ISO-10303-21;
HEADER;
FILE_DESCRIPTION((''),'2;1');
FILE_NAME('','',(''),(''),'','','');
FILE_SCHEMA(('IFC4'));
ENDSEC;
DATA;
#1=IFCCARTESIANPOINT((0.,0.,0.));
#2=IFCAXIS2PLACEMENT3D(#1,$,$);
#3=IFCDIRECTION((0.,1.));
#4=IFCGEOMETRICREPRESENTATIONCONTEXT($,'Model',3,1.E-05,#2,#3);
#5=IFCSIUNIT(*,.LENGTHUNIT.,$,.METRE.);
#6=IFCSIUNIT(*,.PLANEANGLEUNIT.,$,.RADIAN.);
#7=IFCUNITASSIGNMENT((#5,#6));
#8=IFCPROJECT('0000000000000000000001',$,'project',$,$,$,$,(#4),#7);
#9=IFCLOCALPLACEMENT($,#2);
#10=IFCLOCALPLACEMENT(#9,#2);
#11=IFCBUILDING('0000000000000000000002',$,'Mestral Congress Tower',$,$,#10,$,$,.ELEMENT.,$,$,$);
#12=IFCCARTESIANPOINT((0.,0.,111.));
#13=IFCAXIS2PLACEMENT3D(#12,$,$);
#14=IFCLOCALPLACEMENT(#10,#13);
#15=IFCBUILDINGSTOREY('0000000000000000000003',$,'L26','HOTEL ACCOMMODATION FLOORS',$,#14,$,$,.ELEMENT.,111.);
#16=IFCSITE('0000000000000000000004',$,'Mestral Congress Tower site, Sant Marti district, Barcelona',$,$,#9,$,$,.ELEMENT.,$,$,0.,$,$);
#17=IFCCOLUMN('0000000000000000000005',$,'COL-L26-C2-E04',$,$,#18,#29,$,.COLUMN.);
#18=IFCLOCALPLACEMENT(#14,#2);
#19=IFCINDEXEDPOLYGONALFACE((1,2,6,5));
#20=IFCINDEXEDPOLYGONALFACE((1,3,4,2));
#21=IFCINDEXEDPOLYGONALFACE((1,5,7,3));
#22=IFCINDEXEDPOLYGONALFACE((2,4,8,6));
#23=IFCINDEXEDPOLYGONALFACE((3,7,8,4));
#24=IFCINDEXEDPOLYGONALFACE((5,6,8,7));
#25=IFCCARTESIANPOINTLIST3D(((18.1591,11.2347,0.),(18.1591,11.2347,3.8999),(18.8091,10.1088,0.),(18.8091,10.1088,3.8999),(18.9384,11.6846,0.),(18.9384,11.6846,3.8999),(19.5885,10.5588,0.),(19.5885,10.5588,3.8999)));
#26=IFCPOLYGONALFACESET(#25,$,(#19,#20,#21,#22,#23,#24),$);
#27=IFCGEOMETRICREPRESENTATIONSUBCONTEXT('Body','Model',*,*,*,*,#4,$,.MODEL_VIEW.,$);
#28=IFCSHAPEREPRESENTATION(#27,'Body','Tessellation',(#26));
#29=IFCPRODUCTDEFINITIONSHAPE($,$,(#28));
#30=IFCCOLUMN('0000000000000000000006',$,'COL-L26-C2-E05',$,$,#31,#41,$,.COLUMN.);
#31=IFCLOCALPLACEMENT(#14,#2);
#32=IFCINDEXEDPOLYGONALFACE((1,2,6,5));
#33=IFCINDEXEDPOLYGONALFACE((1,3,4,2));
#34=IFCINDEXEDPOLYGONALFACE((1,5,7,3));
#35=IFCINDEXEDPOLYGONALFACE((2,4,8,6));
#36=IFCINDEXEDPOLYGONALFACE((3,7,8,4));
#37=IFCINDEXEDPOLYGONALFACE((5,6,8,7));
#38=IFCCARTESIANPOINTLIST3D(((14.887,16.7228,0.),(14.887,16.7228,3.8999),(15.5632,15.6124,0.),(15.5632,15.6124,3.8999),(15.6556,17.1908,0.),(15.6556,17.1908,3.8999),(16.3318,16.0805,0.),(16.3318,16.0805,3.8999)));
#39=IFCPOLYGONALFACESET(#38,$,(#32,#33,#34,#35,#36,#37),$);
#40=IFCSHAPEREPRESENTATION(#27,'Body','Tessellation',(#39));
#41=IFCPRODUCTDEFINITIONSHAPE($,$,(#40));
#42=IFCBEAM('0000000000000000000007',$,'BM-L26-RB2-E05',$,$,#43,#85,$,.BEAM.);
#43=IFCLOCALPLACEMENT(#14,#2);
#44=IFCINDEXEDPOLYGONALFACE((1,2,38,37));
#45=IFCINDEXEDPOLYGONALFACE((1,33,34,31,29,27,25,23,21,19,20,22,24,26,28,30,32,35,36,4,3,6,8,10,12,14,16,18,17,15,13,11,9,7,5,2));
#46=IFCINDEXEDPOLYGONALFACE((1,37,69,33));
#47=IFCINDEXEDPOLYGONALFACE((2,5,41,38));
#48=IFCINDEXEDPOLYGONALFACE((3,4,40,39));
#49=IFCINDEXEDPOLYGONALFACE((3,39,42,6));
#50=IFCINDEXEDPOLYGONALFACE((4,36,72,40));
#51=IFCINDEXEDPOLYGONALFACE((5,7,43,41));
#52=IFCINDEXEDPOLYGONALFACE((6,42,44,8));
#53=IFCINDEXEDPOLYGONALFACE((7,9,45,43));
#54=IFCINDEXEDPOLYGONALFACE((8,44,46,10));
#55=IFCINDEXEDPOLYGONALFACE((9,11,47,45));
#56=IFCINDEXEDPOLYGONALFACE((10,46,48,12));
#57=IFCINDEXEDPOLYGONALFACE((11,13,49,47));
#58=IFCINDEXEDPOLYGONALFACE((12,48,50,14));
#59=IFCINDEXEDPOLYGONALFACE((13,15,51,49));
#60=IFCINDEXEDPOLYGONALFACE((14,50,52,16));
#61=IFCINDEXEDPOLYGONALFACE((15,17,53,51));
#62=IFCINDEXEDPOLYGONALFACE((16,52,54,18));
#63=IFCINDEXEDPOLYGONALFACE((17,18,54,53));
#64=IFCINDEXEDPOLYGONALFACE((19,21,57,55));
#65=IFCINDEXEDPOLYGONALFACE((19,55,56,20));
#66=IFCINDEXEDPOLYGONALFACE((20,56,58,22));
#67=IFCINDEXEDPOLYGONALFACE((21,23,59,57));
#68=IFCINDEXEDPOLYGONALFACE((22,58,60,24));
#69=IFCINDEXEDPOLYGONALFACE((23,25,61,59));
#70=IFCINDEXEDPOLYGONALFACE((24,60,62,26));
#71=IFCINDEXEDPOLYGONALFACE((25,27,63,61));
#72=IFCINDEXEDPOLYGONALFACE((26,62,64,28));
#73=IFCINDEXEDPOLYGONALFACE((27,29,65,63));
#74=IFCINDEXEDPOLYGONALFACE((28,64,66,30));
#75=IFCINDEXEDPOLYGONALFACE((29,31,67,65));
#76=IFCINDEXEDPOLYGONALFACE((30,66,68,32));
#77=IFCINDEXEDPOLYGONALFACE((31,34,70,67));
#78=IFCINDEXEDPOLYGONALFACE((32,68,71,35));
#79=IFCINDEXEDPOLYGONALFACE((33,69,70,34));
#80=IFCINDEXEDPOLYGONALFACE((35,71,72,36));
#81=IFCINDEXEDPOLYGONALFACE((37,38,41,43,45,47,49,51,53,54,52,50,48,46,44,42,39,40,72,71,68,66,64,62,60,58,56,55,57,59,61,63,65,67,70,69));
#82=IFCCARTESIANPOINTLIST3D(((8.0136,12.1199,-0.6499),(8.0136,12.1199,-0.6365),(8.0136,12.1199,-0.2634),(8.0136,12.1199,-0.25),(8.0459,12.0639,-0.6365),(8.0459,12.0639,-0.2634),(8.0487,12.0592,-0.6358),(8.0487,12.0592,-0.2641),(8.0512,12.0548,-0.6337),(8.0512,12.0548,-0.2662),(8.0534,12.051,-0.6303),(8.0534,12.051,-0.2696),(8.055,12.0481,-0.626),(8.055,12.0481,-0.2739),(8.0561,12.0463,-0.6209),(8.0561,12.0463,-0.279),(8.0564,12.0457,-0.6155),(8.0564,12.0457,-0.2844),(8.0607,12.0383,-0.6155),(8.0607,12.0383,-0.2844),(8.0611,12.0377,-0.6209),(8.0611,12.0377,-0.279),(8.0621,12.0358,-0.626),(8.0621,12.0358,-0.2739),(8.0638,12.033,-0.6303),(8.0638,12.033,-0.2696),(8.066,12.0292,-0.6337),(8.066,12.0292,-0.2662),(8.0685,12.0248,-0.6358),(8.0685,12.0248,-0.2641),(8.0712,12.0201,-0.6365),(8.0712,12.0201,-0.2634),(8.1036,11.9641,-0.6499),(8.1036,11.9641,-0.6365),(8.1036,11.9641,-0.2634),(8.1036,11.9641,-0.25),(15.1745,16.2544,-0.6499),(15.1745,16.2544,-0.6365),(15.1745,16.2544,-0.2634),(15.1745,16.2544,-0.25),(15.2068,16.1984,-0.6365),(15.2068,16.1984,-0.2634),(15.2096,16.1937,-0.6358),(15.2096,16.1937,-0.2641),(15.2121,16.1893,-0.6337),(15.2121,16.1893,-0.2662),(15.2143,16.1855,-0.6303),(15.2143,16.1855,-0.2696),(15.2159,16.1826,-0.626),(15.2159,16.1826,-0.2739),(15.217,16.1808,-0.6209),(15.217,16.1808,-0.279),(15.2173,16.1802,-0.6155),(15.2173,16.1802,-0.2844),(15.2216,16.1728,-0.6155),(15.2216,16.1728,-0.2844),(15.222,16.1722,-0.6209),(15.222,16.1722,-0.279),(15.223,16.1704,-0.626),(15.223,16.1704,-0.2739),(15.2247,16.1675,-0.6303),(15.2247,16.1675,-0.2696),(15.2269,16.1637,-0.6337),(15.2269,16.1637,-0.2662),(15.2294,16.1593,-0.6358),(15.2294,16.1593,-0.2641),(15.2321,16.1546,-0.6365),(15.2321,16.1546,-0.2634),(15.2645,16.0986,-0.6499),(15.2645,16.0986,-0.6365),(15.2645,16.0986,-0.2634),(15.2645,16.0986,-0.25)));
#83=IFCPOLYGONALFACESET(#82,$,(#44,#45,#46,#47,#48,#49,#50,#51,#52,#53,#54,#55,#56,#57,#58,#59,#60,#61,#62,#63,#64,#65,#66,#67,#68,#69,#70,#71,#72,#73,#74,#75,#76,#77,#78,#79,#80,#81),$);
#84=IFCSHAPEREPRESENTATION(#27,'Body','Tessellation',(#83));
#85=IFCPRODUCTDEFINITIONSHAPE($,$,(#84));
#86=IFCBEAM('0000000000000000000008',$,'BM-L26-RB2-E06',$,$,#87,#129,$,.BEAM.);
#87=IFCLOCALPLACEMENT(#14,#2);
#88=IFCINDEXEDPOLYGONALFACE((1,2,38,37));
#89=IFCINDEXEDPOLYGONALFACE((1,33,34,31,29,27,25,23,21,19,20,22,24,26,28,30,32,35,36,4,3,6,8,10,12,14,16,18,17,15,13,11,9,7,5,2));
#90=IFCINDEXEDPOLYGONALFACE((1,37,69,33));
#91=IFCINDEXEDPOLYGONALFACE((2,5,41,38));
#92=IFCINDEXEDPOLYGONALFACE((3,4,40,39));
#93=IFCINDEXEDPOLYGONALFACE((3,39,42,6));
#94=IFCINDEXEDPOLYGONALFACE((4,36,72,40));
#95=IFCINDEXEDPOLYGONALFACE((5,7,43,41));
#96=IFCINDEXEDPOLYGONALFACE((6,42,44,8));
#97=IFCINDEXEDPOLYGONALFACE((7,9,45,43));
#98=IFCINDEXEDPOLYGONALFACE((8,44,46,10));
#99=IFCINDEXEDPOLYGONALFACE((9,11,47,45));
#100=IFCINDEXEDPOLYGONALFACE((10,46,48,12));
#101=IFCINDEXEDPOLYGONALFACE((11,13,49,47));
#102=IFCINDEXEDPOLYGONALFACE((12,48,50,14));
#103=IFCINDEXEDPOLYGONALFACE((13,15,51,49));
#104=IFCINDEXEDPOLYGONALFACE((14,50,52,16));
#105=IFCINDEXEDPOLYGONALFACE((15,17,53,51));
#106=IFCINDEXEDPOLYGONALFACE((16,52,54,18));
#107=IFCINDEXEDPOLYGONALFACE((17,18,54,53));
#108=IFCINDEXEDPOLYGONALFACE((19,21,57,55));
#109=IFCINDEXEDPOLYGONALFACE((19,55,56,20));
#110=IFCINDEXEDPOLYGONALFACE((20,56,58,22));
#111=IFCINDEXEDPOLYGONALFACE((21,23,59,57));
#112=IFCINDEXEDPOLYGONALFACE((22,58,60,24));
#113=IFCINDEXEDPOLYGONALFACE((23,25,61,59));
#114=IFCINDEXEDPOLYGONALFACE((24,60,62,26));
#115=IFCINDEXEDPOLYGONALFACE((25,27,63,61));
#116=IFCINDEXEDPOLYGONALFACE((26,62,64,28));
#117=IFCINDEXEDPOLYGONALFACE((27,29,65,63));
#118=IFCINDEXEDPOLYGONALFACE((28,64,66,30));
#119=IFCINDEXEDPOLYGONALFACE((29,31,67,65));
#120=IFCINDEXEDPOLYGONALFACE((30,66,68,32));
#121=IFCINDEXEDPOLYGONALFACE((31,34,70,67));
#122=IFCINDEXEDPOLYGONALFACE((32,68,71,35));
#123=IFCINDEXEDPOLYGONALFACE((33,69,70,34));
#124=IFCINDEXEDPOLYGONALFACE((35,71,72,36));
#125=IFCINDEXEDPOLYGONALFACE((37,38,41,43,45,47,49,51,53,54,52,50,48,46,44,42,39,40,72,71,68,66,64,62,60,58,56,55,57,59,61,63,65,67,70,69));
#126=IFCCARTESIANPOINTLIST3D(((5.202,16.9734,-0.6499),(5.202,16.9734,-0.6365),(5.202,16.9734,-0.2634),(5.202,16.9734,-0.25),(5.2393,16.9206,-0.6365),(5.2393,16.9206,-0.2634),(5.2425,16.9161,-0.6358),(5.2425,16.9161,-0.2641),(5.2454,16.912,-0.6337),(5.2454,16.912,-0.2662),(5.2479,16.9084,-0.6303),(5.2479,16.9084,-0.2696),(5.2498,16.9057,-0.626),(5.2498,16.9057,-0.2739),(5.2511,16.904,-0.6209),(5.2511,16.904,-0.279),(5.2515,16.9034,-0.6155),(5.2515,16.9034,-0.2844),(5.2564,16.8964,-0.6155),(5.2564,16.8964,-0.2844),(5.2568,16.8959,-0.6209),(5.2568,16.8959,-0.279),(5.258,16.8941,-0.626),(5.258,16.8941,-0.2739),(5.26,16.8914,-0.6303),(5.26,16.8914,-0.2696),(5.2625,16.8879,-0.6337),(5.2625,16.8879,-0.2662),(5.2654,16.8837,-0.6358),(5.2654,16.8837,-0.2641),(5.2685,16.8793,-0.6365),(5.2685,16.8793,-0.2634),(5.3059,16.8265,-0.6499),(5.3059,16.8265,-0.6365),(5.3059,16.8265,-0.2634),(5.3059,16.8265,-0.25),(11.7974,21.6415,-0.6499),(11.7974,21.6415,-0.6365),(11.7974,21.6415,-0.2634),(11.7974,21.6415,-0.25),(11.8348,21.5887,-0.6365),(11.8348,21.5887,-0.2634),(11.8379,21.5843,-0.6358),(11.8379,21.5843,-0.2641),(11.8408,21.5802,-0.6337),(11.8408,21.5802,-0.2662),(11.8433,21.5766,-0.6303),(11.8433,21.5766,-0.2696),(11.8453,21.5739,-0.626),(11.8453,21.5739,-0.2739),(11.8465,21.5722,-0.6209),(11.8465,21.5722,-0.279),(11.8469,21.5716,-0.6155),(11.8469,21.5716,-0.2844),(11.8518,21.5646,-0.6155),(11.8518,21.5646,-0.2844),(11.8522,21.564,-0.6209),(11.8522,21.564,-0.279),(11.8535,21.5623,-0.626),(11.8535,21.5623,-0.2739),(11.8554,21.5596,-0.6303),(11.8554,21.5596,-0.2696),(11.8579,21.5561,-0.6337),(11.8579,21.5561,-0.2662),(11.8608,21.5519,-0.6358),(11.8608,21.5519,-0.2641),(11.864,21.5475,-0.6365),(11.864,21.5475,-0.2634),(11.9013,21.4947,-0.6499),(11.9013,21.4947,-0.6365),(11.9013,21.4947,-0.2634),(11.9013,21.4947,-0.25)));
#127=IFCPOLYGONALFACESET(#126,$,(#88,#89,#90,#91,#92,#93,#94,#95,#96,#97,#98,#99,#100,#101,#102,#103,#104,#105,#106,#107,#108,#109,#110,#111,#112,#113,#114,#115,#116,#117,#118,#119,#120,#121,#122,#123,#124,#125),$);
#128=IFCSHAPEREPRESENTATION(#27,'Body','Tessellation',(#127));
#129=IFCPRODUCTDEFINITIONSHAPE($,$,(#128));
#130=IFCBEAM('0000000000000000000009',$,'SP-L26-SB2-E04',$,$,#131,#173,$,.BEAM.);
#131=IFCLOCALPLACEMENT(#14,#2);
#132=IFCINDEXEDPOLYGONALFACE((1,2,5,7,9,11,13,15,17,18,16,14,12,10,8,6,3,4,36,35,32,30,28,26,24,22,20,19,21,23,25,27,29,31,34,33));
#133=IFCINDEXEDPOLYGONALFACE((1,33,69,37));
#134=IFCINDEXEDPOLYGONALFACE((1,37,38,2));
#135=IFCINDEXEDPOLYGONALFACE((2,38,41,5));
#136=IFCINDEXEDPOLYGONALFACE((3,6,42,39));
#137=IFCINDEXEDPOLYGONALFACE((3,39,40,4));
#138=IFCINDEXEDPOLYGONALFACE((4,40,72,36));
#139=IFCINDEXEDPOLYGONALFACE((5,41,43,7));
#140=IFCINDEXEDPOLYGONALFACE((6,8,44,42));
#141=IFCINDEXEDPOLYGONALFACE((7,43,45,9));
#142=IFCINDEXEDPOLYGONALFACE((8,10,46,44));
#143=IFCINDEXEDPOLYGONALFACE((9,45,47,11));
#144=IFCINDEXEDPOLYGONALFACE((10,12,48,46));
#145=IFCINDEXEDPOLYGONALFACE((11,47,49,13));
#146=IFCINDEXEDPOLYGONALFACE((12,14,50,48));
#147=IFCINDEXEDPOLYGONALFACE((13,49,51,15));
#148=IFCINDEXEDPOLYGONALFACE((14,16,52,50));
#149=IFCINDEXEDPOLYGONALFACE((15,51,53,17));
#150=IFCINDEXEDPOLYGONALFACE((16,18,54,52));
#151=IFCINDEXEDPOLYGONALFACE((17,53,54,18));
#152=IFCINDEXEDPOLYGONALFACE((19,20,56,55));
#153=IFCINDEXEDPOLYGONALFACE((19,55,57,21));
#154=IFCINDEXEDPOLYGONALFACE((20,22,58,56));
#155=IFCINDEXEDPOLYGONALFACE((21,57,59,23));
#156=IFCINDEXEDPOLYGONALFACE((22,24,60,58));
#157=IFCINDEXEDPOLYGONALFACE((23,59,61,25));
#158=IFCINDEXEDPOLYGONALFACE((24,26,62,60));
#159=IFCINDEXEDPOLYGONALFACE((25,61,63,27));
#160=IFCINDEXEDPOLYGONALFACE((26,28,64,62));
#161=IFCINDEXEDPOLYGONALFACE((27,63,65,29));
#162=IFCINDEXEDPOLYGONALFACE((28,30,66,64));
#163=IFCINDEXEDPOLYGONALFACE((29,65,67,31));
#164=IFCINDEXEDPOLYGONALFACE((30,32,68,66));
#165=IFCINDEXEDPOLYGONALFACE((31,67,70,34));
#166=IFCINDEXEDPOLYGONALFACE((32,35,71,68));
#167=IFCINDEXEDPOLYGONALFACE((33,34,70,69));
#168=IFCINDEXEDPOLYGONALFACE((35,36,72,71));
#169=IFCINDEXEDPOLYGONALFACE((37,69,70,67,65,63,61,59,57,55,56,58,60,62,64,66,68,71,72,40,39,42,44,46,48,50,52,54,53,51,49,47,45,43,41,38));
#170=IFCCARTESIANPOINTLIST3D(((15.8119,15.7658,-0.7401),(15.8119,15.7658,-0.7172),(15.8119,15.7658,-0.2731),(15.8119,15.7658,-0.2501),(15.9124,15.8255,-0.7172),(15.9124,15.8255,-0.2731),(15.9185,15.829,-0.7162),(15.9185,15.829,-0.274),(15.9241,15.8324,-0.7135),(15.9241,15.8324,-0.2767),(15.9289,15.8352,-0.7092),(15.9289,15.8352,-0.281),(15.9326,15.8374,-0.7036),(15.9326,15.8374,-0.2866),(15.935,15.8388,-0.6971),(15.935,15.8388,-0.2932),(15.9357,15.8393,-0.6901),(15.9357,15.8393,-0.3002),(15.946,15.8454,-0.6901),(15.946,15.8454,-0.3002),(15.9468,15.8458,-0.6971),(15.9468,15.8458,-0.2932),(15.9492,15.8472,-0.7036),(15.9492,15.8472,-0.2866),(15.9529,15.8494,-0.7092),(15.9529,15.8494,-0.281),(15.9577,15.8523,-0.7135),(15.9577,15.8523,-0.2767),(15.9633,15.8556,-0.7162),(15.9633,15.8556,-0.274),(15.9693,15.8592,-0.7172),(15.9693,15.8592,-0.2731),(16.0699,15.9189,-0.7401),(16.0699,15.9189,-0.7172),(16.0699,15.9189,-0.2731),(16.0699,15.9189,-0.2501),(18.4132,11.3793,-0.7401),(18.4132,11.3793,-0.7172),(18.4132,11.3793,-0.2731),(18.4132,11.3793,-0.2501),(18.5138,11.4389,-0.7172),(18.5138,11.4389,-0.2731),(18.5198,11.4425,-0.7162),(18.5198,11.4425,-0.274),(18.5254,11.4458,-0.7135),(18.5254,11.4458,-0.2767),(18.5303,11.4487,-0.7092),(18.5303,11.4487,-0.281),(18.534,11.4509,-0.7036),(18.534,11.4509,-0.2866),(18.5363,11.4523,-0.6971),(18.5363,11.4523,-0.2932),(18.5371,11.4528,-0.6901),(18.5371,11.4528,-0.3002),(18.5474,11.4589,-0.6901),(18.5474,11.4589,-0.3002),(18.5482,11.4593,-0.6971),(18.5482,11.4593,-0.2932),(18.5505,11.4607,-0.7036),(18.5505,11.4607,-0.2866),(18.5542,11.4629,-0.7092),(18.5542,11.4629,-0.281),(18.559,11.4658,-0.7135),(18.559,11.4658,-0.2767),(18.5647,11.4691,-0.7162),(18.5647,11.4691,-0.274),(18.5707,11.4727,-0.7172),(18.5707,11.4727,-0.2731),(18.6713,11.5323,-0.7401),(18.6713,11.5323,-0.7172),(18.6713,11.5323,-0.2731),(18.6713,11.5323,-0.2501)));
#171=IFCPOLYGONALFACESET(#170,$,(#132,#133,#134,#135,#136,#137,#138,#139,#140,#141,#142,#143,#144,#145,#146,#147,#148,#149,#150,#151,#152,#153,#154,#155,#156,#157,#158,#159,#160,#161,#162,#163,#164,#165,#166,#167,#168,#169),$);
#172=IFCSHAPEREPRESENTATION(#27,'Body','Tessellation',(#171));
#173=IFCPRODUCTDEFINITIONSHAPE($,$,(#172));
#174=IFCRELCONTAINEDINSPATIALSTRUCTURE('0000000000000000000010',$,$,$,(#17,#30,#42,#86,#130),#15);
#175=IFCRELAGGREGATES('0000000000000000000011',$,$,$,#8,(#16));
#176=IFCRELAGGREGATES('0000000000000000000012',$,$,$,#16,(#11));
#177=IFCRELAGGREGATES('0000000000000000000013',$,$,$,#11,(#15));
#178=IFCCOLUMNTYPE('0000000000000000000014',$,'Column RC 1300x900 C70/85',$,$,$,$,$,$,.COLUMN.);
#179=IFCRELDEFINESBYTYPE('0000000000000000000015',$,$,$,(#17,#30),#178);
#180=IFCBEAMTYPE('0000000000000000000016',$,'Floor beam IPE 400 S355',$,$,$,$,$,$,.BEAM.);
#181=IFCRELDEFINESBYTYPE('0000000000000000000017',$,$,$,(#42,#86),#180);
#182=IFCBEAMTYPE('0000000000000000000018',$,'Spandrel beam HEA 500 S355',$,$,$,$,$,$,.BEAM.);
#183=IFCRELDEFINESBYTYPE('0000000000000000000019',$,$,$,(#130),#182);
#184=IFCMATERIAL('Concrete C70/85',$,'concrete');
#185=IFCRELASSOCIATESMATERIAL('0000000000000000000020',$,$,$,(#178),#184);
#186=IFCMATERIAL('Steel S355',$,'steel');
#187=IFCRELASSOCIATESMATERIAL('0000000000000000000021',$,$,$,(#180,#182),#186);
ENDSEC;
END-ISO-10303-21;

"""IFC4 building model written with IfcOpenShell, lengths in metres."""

from ifc_helpers import new_model, si_unit, direction, frame, origin, origin_2d, place, context, subcontext, project, spatial, rectangle, i_section, extrude, material, material_profile, profile_set, type_object, element, save


model = new_model("IFC4")

# Units and contexts
model_context = context("Model", 3, precision=1e-05, world=origin(), true_north=direction((0.0, 1.0)))
body_context = subcontext(model_context, "Body", "Model", "MODEL_VIEW")
ifc_project = project(units=[si_unit("LENGTHUNIT", "METRE"), si_unit("PLANEANGLEUNIT", "RADIAN")], contexts=[model_context])

# Site, building, storey
site_placement = place(None, origin())
site = spatial("IfcSite", under=ifc_project, at=site_placement, Name="Mestral Congress Tower site, Sant Marti district, Barcelona", CompositionType="ELEMENT", RefElevation=0.0)
building_placement = place(site_placement, origin())
building = spatial("IfcBuilding", under=site, at=building_placement, Name="Mestral Congress Tower", CompositionType="ELEMENT")
storey_placement = place(building_placement, frame((0.0, 0.0, 111.0)))
storey = spatial("IfcBuildingStorey", under=building, at=storey_placement, Name="L26", Description="HOTEL ACCOMMODATION FLOORS", CompositionType="ELEMENT", Elevation=111.0)

# Columns
ifc_material_1 = material(Name="Concrete C70/85", Category="concrete")
ifc_material_profile_1 = material_profile(ifc_material_1, rectangle(XDim=1.3, YDim=0.8999, at=origin_2d()), Name="RC 1300x900")
ifc_profile_set_1 = profile_set([ifc_material_profile_1], Name="Concrete C70/85")
column_type = type_object("IfcColumnType", Name="Column RC 1300x900 C70/85", PredefinedType="COLUMN", material=ifc_profile_set_1)
for number, where, z_axis, x_axis, name in (
    (1, (18.8738, 10.8967, 0.0), (0.0, 0.0, 1.0), (-0.5, 0.866025, 0.0), "COL-L26-C2-E04"),
    (2, (15.6094, 16.4016, 0.0), (0.0, 0.0, 1.0), (-0.520114, 0.854097, 0.0), "COL-L26-C2-E05"),
):
    element("IfcColumn", number, at=place(storey_placement, frame(where, z_axis=z_axis, x_axis=x_axis)), inside=storey, type_object=column_type, Name=name, PredefinedType="COLUMN", context=body_context, shape_type="SweptSolid", body=[
        extrude(rectangle(XDim=1.3, YDim=0.8999, at=origin_2d()), origin(), (0.0, 0.0, 1.0), 3.8999),
    ])

# Beams
ifc_material_2 = material(Name="Steel S355", Category="steel")
ifc_material_profile_2 = material_profile(ifc_material_2, i_section(OverallWidth=0.1799, OverallDepth=0.3999, WebThickness=0.0085, FlangeThickness=0.0134, FilletRadius=0.021, at=origin_2d()), Name="IPE 400")
ifc_profile_set_2 = profile_set([ifc_material_profile_2], Name="Steel S355")
beam_type_1 = type_object("IfcBeamType", Name="Floor beam IPE 400 S355", PredefinedType="BEAM", material=ifc_profile_set_2)
beam_1_placement = place(storey_placement, frame((15.2195, 16.1765, -0.45), z_axis=(-0.866016, -0.500016, 0.0), x_axis=(0.500016, -0.866016, 0.0)))
element("IfcBeam", 3, at=beam_1_placement, inside=storey, type_object=beam_type_1, Name="BM-L26-RB2-E05", PredefinedType="BEAM", context=body_context, shape_type="SweptSolid", body=[
    extrude(i_section(OverallWidth=0.1799, OverallDepth=0.3999, WebThickness=0.0085, FlangeThickness=0.0134, FilletRadius=0.021, at=origin_2d()), origin(), (0.0, 0.0, 1.0), 8.2688),
])
beam_2_placement = place(storey_placement, frame((11.8494, 21.5681, -0.45), z_axis=(-0.816233, -0.577723, 0.0), x_axis=(0.577723, -0.816233, 0.0)))
element("IfcBeam", 4, at=beam_2_placement, inside=storey, type_object=beam_type_1, Name="BM-L26-RB2-E06", PredefinedType="BEAM", context=body_context, shape_type="SweptSolid", body=[
    extrude(i_section(OverallWidth=0.1799, OverallDepth=0.3999, WebThickness=0.0085, FlangeThickness=0.0134, FilletRadius=0.021, at=origin_2d()), origin(), (0.0, 0.0, 1.0), 8.0803),
])
ifc_material_profile_3 = material_profile(ifc_material_2, i_section(OverallWidth=0.3, OverallDepth=0.49, WebThickness=0.012, FlangeThickness=0.0229, FilletRadius=0.0271, at=origin_2d()), Name="HEA 500")
ifc_profile_set_3 = profile_set([ifc_material_profile_3], Name="Steel S355")
beam_type_2 = type_object("IfcBeamType", Name="Spandrel beam HEA 500 S355", PredefinedType="BEAM", material=ifc_profile_set_3)
for number, where, z_axis, x_axis, name in (
    (5, (18.5422, 11.4558, -0.4951), (-0.510082, 0.860126, 0.0), (-0.860126, -0.510082, 0.0), "SP-L26-SB2-E04"),
):
    element("IfcBeam", number, at=place(storey_placement, frame(where, z_axis=z_axis, x_axis=x_axis)), inside=storey, type_object=beam_type_2, Name=name, PredefinedType="BEAM", context=body_context, shape_type="SweptSolid", body=[
        extrude(i_section(OverallWidth=0.3, OverallDepth=0.49, WebThickness=0.012, FlangeThickness=0.0229, FilletRadius=0.0271, at=origin_2d()), origin(), (0.0, 0.0, 1.0), 5.0999),
    ])

save(model, "model.ifc")
